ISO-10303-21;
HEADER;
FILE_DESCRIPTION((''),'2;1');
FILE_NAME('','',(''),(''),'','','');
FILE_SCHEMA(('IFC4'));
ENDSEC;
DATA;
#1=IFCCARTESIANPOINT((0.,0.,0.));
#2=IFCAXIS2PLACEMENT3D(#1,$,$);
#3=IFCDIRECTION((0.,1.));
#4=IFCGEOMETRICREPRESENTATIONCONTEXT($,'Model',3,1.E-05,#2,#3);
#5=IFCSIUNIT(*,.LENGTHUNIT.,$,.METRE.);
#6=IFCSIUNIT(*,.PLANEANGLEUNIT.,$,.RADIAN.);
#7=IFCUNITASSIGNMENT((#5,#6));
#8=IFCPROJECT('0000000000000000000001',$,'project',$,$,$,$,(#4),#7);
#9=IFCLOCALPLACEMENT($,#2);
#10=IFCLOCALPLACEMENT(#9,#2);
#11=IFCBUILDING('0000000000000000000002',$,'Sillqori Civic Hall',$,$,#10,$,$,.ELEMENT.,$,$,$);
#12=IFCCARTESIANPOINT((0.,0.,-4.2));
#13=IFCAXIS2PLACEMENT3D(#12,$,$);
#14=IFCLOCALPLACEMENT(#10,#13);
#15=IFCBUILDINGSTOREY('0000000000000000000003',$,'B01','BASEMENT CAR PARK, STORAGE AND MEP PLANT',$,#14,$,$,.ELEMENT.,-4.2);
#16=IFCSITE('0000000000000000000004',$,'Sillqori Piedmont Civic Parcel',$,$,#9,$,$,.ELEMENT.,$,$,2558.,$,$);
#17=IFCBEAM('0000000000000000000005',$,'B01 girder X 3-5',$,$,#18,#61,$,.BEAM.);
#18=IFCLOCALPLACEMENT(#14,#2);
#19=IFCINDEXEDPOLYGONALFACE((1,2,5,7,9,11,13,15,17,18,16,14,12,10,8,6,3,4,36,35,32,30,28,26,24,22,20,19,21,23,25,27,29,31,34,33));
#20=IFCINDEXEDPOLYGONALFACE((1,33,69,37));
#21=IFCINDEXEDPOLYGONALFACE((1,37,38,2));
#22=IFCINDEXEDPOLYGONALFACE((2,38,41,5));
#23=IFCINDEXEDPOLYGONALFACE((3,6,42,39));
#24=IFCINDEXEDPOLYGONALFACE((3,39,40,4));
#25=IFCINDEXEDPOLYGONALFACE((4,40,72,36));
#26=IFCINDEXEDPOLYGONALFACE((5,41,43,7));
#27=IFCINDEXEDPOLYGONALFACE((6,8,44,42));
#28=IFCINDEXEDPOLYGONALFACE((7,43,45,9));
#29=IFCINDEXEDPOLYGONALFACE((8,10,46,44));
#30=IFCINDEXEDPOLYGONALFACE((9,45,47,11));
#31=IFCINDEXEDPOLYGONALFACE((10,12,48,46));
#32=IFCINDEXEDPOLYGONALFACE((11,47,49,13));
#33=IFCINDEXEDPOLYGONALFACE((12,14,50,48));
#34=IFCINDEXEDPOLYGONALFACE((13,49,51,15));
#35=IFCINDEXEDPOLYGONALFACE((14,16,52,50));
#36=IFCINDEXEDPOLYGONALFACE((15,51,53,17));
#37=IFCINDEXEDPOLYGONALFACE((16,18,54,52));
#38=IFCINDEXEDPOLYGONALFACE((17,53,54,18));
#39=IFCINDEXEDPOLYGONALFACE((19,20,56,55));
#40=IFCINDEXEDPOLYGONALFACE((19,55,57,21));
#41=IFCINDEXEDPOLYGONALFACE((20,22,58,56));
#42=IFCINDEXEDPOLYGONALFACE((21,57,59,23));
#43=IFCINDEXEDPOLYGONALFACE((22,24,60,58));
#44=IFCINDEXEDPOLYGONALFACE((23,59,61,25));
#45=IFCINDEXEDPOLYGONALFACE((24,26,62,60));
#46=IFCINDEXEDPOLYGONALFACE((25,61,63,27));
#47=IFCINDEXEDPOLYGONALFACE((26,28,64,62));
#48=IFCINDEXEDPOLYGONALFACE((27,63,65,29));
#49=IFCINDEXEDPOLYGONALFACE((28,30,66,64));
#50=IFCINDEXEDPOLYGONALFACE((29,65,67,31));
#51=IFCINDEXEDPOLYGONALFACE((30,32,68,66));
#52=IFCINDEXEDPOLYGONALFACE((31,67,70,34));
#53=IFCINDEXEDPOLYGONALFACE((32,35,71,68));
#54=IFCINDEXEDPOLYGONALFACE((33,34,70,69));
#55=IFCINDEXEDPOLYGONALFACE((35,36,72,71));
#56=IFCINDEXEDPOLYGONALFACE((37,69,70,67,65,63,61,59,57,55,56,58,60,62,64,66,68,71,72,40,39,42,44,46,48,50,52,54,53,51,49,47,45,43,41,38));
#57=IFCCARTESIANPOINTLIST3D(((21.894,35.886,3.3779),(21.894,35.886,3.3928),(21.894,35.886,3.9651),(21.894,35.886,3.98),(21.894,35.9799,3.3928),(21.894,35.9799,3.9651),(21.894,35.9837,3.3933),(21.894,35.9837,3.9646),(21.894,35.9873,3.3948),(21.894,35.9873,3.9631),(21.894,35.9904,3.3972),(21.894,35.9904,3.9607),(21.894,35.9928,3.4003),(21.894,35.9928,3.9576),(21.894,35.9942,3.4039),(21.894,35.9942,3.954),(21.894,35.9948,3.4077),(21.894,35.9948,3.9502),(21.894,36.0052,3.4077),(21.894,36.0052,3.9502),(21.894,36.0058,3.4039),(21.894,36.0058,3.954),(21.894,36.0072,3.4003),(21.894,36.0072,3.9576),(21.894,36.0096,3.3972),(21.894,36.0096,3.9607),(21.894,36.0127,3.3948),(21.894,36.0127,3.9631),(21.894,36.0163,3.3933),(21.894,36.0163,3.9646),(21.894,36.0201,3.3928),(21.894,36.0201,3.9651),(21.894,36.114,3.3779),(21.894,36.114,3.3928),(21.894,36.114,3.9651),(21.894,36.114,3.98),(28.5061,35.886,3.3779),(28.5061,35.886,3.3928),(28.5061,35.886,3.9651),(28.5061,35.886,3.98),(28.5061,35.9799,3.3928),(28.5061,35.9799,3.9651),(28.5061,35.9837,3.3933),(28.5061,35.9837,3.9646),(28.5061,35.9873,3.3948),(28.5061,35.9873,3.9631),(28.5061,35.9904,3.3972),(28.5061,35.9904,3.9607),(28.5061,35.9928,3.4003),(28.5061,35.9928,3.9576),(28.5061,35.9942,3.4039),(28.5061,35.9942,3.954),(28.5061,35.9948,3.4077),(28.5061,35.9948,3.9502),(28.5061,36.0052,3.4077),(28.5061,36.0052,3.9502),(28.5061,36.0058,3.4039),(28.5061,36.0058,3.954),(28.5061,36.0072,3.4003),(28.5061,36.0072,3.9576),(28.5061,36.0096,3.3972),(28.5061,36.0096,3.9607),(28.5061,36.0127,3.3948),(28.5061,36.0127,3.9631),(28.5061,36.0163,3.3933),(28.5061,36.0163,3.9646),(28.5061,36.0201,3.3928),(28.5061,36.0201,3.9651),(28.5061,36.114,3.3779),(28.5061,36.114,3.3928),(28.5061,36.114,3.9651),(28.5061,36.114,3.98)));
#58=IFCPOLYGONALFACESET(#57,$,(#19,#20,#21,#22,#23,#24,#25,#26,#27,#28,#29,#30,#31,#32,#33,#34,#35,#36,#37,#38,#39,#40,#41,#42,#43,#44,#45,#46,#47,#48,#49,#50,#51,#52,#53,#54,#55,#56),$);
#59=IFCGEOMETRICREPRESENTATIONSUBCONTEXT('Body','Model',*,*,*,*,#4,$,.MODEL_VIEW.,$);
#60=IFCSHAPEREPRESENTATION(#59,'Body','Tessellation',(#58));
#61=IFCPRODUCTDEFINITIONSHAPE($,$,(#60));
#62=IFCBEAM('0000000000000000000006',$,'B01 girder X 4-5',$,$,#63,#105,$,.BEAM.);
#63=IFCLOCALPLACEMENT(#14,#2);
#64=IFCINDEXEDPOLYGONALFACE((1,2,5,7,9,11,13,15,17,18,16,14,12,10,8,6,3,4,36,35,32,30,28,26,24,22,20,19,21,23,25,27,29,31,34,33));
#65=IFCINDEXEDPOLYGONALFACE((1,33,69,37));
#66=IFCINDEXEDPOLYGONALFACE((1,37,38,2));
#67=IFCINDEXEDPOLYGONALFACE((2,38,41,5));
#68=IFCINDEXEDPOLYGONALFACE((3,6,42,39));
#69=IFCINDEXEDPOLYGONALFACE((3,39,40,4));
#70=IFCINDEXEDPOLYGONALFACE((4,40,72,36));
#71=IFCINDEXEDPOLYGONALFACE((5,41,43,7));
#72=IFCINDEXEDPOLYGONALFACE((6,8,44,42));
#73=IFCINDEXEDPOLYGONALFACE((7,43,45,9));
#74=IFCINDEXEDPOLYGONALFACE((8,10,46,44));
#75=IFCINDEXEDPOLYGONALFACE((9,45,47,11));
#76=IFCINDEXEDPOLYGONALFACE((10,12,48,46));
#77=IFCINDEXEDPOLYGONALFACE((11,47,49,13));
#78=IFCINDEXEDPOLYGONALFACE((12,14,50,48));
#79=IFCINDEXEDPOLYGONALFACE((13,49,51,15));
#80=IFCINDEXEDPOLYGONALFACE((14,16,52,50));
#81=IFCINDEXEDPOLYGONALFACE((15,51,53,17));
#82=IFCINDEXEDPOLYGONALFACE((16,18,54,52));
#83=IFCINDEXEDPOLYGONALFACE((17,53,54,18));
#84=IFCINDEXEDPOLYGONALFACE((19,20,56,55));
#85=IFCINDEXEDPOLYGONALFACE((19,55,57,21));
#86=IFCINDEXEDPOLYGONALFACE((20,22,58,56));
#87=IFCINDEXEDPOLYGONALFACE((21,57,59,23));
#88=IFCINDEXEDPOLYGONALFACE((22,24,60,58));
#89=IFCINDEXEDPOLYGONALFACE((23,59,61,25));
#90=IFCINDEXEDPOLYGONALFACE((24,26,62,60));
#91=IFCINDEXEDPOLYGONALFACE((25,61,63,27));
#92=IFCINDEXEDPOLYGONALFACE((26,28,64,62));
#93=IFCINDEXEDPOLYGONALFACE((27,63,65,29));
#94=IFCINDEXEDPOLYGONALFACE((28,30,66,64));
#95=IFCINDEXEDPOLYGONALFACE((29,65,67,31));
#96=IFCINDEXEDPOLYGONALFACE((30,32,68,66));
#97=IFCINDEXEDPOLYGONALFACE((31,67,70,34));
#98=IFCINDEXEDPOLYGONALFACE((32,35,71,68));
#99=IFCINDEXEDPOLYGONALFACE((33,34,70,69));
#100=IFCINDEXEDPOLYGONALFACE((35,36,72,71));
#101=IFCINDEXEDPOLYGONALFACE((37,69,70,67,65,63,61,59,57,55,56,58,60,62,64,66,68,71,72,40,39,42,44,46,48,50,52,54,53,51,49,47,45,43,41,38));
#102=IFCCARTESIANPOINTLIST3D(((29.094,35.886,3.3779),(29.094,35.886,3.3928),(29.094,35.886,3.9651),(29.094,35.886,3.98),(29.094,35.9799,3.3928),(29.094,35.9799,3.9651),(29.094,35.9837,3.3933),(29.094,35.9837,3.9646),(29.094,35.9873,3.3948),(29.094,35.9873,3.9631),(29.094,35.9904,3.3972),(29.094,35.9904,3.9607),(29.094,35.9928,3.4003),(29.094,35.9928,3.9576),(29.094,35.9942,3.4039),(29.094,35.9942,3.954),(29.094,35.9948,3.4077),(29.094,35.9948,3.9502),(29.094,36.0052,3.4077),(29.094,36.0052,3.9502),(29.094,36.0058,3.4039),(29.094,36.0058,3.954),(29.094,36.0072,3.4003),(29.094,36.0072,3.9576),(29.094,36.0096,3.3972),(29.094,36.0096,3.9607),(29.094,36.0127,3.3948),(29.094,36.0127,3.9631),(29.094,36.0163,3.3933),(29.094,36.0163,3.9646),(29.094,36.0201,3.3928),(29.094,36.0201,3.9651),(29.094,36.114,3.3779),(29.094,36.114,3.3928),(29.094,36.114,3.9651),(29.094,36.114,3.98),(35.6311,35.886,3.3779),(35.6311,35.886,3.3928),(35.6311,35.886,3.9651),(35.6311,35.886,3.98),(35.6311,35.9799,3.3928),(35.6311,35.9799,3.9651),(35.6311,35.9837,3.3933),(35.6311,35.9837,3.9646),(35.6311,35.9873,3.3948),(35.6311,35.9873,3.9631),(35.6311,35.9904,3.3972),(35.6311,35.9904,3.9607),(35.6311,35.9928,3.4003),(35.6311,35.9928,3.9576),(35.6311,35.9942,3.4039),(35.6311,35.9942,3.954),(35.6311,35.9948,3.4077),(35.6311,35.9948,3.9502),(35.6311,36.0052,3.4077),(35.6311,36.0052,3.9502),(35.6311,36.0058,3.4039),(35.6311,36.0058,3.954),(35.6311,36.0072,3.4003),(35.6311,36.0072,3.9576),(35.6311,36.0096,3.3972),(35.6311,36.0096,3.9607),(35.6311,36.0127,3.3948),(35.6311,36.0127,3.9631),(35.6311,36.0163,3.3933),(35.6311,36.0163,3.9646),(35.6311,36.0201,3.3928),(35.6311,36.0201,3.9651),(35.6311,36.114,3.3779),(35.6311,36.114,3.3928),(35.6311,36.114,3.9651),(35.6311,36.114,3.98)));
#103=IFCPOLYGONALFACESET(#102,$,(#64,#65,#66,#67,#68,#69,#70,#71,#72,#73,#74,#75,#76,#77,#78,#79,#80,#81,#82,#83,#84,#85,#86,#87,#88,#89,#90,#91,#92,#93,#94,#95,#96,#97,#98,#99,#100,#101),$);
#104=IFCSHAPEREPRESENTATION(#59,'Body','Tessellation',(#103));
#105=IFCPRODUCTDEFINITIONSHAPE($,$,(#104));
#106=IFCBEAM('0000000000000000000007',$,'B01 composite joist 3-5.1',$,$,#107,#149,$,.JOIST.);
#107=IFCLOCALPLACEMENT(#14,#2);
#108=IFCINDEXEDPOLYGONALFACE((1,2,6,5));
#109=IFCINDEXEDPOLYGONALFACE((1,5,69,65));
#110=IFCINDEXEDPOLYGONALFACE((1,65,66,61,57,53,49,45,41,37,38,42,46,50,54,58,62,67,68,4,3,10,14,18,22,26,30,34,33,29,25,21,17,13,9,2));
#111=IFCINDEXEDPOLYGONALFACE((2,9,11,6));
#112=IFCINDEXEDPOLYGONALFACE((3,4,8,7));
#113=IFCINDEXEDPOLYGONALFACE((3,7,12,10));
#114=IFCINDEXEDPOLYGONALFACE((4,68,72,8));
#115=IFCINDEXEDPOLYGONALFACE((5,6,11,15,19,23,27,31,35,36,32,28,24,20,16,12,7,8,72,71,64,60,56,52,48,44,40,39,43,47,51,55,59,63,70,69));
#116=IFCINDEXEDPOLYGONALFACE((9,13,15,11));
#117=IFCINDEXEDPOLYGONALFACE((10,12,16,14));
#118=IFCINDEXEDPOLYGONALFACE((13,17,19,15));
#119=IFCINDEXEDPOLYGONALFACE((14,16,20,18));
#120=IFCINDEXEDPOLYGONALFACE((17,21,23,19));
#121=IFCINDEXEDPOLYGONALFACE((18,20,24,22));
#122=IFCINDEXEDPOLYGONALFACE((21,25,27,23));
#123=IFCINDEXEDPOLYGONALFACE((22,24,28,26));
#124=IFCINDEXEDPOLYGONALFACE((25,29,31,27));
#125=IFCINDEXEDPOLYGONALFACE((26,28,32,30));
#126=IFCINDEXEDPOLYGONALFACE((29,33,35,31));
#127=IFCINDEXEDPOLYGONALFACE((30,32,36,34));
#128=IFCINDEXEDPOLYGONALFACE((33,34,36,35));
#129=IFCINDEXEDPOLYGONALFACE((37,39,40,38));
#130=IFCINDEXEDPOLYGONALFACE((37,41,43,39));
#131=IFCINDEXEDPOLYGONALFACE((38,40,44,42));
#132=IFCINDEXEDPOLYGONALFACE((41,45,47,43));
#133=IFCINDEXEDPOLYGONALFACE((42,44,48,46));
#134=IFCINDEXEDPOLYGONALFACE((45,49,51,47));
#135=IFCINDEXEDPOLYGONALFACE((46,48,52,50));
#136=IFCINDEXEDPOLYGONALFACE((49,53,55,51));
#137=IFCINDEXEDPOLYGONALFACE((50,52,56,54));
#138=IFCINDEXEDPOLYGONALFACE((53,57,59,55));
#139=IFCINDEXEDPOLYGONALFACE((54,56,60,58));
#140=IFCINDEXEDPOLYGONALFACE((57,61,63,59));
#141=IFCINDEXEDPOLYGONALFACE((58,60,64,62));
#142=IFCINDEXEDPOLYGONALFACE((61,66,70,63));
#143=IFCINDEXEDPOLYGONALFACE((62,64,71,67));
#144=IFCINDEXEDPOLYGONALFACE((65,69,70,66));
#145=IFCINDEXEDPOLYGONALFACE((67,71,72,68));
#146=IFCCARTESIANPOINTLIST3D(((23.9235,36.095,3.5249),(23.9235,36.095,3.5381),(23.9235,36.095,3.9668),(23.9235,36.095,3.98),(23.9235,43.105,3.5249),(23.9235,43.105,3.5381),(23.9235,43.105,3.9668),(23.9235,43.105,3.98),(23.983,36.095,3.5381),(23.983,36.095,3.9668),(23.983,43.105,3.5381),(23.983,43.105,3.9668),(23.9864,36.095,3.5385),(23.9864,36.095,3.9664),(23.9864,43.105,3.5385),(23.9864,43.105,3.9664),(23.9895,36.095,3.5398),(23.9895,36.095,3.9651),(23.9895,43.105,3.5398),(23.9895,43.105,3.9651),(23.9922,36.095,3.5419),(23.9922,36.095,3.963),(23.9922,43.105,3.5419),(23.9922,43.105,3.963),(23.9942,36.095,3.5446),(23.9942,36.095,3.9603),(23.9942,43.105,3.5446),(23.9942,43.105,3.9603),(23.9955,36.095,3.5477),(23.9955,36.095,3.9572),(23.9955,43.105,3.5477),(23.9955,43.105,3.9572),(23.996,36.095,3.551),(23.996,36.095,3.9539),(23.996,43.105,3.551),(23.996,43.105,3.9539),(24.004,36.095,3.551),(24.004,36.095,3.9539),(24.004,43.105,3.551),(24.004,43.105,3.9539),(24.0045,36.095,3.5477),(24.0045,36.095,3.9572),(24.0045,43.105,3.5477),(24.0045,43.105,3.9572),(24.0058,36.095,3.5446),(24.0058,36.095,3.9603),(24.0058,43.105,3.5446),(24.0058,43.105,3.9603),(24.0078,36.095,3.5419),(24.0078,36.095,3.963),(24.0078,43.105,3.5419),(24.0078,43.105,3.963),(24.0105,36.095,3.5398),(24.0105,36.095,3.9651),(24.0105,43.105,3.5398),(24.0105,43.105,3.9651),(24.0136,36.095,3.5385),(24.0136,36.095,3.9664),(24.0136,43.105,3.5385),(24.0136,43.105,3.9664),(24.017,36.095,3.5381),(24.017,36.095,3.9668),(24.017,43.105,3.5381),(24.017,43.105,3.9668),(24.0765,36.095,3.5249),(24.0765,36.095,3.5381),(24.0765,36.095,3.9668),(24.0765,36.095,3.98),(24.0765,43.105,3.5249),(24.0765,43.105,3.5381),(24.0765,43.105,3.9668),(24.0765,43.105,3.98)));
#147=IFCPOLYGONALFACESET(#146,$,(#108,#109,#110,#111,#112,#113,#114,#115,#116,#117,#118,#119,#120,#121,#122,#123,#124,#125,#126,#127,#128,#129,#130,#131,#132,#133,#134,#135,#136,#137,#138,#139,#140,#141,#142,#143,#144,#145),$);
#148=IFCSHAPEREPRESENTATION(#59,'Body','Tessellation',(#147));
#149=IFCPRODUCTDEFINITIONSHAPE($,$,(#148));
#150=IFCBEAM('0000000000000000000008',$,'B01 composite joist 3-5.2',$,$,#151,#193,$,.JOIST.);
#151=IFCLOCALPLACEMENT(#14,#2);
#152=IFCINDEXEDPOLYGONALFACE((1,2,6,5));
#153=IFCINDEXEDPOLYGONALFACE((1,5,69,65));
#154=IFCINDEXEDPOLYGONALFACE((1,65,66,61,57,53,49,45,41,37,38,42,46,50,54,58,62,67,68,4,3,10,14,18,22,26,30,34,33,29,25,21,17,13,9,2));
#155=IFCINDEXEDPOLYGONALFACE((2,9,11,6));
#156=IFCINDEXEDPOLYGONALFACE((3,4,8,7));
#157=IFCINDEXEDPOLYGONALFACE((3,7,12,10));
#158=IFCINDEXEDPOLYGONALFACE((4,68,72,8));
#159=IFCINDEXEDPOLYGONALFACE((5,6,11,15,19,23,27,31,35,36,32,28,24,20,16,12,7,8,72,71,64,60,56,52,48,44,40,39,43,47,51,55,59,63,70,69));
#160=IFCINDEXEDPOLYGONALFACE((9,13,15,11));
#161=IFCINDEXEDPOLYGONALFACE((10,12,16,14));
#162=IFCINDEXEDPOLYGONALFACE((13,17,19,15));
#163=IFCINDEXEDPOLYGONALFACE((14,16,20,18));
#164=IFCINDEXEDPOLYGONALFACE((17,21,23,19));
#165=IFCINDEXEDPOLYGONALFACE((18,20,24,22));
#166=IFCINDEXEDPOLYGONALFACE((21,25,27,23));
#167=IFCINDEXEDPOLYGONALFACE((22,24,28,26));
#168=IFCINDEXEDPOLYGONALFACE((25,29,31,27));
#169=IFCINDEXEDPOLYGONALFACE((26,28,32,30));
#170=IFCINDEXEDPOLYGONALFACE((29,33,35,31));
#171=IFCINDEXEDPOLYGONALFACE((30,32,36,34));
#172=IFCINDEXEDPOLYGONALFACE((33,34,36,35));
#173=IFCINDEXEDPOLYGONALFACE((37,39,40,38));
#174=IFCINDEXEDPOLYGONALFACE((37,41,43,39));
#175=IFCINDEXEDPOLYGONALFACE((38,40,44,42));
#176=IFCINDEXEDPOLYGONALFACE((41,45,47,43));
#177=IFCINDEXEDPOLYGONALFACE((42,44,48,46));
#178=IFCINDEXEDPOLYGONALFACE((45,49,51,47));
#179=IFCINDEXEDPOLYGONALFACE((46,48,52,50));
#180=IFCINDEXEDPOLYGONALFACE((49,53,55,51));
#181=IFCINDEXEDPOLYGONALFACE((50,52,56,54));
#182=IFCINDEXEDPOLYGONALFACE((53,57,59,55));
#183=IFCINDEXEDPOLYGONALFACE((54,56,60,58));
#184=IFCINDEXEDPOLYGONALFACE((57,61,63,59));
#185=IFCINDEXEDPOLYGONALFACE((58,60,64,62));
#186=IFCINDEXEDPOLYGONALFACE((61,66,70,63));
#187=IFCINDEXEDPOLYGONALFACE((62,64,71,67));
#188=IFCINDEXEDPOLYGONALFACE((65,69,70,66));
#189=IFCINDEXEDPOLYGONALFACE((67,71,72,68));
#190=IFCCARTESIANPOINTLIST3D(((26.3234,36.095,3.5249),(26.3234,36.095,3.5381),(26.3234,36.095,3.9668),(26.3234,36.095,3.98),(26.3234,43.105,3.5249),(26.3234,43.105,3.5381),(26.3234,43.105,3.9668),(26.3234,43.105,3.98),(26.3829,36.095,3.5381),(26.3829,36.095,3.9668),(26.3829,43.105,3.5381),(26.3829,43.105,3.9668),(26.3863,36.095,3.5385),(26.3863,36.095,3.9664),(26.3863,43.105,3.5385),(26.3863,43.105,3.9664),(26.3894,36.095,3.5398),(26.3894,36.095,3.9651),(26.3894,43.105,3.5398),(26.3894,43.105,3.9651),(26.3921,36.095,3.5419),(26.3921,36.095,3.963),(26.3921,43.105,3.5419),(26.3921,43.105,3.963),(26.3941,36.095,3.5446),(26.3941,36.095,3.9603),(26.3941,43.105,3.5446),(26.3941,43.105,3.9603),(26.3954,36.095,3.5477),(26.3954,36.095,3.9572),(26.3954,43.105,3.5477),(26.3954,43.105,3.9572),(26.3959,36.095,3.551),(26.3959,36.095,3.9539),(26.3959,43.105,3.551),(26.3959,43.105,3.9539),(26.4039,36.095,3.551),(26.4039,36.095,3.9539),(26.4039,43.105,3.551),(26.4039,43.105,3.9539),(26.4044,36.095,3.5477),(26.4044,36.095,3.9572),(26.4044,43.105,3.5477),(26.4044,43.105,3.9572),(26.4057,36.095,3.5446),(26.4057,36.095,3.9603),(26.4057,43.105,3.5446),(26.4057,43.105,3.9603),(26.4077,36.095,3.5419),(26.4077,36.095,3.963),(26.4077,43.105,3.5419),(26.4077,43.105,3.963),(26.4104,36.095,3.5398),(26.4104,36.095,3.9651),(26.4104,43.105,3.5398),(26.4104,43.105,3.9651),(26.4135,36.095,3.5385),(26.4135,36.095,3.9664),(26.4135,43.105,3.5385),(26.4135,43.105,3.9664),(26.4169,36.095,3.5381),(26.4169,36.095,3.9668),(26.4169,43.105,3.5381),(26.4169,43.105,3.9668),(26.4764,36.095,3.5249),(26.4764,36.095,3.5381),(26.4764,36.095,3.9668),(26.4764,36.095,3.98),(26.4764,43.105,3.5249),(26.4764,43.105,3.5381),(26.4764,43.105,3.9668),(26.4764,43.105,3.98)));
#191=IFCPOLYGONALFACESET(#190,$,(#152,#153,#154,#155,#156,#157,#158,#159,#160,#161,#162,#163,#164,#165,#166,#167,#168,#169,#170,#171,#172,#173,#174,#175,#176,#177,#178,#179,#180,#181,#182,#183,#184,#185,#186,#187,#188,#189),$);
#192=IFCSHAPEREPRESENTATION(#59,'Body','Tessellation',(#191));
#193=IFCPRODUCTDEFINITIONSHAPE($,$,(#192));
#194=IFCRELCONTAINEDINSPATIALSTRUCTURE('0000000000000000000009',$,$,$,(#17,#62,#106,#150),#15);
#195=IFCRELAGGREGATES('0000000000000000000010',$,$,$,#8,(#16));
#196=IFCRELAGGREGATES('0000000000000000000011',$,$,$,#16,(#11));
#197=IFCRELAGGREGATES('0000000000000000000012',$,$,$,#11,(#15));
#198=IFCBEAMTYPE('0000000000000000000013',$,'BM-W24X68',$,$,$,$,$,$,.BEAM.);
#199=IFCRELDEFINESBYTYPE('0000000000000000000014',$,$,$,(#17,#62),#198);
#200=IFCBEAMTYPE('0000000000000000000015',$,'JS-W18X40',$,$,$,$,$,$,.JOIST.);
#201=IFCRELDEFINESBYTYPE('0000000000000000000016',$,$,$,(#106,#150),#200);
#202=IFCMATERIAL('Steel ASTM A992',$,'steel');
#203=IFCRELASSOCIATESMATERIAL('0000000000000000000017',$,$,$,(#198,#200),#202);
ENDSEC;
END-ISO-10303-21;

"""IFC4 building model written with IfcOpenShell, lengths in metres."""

from ifc_helpers import new_model, si_unit, direction, frame, origin, origin_2d, place, context, subcontext, project, spatial, i_section, extrude, material, material_profile, profile_set, type_object, element, save


model = new_model("IFC4")

# Units and contexts
model_context = context("Model", 3, precision=1e-05, world=origin(), true_north=direction((0.0, 1.0)))
body_context = subcontext(model_context, "Body", "Model", "MODEL_VIEW")
ifc_project = project(units=[si_unit("LENGTHUNIT", "METRE"), si_unit("PLANEANGLEUNIT", "RADIAN")], contexts=[model_context])

# Site, building, storey
site_placement = place(None, origin())
site = spatial("IfcSite", under=ifc_project, at=site_placement, Name="Sillqori Piedmont Civic Parcel", CompositionType="ELEMENT", RefElevation=2558.0)
building_placement = place(site_placement, origin())
building = spatial("IfcBuilding", under=site, at=building_placement, Name="Sillqori Civic Hall", CompositionType="ELEMENT")
storey_placement = place(building_placement, frame((0.0, 0.0, -4.2)))
storey = spatial("IfcBuildingStorey", under=building, at=storey_placement, Name="B01", Description="BASEMENT CAR PARK, STORAGE AND MEP PLANT", CompositionType="ELEMENT", Elevation=-4.2)

# Beams
ifc_material_1 = material(Name="Steel ASTM A992", Category="steel")
ifc_material_profile_1 = material_profile(ifc_material_1, i_section(OverallWidth=0.228, OverallDepth=0.6021, WebThickness=0.0105, FlangeThickness=0.0149, FilletRadius=0.0149, at=origin_2d()), Name="W24X68")
ifc_profile_set_1 = profile_set([ifc_material_profile_1], Name="Steel ASTM A992")
beam_type_1 = type_object("IfcBeamType", Name="BM-W24X68", PredefinedType="BEAM", material=ifc_profile_set_1)
beam_1_placement = place(storey_placement, frame((21.894, 36.0, 3.679), z_axis=(1.0, 0.0, 0.0), x_axis=(0.0, 1.0, 0.0)))
element("IfcBeam", 1, at=beam_1_placement, inside=storey, type_object=beam_type_1, Name="B01 girder X 3-5", PredefinedType="BEAM", context=body_context, shape_type="SweptSolid", body=[
    extrude(i_section(OverallWidth=0.228, OverallDepth=0.6021, WebThickness=0.0105, FlangeThickness=0.0149, FilletRadius=0.0149, at=origin_2d()), origin(), (0.0, 0.0, 1.0), 6.6121),
])
beam_2_placement = place(storey_placement, frame((29.094, 36.0, 3.679), z_axis=(1.0, 0.0, 0.0), x_axis=(0.0, 1.0, 0.0)))
element("IfcBeam", 2, at=beam_2_placement, inside=storey, type_object=beam_type_1, Name="B01 girder X 4-5", PredefinedType="BEAM", context=body_context, shape_type="SweptSolid", body=[
    extrude(i_section(OverallWidth=0.228, OverallDepth=0.6021, WebThickness=0.0105, FlangeThickness=0.0149, FilletRadius=0.0149, at=origin_2d()), origin(), (0.0, 0.0, 1.0), 6.5371),
])
ifc_material_profile_2 = material_profile(ifc_material_1, i_section(OverallWidth=0.1531, OverallDepth=0.4551, WebThickness=0.0081, FlangeThickness=0.0132, FilletRadius=0.0129, at=origin_2d()), Name="W18X40")
ifc_profile_set_2 = profile_set([ifc_material_profile_2], Name="Steel ASTM A992")
beam_type_2 = type_object("IfcBeamType", Name="JS-W18X40", PredefinedType="JOIST", material=ifc_profile_set_2)
for number, where, z_axis, x_axis, name in (
    (3, (24.0, 36.095, 3.7524), (0.0, 1.0, 0.0), (-1.0, 0.0, 0.0), "B01 composite joist 3-5.1"),
    (4, (26.3999, 36.095, 3.7524), (0.0, 1.0, 0.0), (-1.0, 0.0, 0.0), "B01 composite joist 3-5.2"),
):
    element("IfcBeam", number, at=place(storey_placement, frame(where, z_axis=z_axis, x_axis=x_axis)), inside=storey, type_object=beam_type_2, Name=name, PredefinedType="JOIST", context=body_context, shape_type="SweptSolid", body=[
        extrude(i_section(OverallWidth=0.1531, OverallDepth=0.4551, WebThickness=0.0081, FlangeThickness=0.0132, FilletRadius=0.0129, at=origin_2d()), origin(), (0.0, 0.0, 1.0), 7.01),
    ])

save(model, "model.ifc")
